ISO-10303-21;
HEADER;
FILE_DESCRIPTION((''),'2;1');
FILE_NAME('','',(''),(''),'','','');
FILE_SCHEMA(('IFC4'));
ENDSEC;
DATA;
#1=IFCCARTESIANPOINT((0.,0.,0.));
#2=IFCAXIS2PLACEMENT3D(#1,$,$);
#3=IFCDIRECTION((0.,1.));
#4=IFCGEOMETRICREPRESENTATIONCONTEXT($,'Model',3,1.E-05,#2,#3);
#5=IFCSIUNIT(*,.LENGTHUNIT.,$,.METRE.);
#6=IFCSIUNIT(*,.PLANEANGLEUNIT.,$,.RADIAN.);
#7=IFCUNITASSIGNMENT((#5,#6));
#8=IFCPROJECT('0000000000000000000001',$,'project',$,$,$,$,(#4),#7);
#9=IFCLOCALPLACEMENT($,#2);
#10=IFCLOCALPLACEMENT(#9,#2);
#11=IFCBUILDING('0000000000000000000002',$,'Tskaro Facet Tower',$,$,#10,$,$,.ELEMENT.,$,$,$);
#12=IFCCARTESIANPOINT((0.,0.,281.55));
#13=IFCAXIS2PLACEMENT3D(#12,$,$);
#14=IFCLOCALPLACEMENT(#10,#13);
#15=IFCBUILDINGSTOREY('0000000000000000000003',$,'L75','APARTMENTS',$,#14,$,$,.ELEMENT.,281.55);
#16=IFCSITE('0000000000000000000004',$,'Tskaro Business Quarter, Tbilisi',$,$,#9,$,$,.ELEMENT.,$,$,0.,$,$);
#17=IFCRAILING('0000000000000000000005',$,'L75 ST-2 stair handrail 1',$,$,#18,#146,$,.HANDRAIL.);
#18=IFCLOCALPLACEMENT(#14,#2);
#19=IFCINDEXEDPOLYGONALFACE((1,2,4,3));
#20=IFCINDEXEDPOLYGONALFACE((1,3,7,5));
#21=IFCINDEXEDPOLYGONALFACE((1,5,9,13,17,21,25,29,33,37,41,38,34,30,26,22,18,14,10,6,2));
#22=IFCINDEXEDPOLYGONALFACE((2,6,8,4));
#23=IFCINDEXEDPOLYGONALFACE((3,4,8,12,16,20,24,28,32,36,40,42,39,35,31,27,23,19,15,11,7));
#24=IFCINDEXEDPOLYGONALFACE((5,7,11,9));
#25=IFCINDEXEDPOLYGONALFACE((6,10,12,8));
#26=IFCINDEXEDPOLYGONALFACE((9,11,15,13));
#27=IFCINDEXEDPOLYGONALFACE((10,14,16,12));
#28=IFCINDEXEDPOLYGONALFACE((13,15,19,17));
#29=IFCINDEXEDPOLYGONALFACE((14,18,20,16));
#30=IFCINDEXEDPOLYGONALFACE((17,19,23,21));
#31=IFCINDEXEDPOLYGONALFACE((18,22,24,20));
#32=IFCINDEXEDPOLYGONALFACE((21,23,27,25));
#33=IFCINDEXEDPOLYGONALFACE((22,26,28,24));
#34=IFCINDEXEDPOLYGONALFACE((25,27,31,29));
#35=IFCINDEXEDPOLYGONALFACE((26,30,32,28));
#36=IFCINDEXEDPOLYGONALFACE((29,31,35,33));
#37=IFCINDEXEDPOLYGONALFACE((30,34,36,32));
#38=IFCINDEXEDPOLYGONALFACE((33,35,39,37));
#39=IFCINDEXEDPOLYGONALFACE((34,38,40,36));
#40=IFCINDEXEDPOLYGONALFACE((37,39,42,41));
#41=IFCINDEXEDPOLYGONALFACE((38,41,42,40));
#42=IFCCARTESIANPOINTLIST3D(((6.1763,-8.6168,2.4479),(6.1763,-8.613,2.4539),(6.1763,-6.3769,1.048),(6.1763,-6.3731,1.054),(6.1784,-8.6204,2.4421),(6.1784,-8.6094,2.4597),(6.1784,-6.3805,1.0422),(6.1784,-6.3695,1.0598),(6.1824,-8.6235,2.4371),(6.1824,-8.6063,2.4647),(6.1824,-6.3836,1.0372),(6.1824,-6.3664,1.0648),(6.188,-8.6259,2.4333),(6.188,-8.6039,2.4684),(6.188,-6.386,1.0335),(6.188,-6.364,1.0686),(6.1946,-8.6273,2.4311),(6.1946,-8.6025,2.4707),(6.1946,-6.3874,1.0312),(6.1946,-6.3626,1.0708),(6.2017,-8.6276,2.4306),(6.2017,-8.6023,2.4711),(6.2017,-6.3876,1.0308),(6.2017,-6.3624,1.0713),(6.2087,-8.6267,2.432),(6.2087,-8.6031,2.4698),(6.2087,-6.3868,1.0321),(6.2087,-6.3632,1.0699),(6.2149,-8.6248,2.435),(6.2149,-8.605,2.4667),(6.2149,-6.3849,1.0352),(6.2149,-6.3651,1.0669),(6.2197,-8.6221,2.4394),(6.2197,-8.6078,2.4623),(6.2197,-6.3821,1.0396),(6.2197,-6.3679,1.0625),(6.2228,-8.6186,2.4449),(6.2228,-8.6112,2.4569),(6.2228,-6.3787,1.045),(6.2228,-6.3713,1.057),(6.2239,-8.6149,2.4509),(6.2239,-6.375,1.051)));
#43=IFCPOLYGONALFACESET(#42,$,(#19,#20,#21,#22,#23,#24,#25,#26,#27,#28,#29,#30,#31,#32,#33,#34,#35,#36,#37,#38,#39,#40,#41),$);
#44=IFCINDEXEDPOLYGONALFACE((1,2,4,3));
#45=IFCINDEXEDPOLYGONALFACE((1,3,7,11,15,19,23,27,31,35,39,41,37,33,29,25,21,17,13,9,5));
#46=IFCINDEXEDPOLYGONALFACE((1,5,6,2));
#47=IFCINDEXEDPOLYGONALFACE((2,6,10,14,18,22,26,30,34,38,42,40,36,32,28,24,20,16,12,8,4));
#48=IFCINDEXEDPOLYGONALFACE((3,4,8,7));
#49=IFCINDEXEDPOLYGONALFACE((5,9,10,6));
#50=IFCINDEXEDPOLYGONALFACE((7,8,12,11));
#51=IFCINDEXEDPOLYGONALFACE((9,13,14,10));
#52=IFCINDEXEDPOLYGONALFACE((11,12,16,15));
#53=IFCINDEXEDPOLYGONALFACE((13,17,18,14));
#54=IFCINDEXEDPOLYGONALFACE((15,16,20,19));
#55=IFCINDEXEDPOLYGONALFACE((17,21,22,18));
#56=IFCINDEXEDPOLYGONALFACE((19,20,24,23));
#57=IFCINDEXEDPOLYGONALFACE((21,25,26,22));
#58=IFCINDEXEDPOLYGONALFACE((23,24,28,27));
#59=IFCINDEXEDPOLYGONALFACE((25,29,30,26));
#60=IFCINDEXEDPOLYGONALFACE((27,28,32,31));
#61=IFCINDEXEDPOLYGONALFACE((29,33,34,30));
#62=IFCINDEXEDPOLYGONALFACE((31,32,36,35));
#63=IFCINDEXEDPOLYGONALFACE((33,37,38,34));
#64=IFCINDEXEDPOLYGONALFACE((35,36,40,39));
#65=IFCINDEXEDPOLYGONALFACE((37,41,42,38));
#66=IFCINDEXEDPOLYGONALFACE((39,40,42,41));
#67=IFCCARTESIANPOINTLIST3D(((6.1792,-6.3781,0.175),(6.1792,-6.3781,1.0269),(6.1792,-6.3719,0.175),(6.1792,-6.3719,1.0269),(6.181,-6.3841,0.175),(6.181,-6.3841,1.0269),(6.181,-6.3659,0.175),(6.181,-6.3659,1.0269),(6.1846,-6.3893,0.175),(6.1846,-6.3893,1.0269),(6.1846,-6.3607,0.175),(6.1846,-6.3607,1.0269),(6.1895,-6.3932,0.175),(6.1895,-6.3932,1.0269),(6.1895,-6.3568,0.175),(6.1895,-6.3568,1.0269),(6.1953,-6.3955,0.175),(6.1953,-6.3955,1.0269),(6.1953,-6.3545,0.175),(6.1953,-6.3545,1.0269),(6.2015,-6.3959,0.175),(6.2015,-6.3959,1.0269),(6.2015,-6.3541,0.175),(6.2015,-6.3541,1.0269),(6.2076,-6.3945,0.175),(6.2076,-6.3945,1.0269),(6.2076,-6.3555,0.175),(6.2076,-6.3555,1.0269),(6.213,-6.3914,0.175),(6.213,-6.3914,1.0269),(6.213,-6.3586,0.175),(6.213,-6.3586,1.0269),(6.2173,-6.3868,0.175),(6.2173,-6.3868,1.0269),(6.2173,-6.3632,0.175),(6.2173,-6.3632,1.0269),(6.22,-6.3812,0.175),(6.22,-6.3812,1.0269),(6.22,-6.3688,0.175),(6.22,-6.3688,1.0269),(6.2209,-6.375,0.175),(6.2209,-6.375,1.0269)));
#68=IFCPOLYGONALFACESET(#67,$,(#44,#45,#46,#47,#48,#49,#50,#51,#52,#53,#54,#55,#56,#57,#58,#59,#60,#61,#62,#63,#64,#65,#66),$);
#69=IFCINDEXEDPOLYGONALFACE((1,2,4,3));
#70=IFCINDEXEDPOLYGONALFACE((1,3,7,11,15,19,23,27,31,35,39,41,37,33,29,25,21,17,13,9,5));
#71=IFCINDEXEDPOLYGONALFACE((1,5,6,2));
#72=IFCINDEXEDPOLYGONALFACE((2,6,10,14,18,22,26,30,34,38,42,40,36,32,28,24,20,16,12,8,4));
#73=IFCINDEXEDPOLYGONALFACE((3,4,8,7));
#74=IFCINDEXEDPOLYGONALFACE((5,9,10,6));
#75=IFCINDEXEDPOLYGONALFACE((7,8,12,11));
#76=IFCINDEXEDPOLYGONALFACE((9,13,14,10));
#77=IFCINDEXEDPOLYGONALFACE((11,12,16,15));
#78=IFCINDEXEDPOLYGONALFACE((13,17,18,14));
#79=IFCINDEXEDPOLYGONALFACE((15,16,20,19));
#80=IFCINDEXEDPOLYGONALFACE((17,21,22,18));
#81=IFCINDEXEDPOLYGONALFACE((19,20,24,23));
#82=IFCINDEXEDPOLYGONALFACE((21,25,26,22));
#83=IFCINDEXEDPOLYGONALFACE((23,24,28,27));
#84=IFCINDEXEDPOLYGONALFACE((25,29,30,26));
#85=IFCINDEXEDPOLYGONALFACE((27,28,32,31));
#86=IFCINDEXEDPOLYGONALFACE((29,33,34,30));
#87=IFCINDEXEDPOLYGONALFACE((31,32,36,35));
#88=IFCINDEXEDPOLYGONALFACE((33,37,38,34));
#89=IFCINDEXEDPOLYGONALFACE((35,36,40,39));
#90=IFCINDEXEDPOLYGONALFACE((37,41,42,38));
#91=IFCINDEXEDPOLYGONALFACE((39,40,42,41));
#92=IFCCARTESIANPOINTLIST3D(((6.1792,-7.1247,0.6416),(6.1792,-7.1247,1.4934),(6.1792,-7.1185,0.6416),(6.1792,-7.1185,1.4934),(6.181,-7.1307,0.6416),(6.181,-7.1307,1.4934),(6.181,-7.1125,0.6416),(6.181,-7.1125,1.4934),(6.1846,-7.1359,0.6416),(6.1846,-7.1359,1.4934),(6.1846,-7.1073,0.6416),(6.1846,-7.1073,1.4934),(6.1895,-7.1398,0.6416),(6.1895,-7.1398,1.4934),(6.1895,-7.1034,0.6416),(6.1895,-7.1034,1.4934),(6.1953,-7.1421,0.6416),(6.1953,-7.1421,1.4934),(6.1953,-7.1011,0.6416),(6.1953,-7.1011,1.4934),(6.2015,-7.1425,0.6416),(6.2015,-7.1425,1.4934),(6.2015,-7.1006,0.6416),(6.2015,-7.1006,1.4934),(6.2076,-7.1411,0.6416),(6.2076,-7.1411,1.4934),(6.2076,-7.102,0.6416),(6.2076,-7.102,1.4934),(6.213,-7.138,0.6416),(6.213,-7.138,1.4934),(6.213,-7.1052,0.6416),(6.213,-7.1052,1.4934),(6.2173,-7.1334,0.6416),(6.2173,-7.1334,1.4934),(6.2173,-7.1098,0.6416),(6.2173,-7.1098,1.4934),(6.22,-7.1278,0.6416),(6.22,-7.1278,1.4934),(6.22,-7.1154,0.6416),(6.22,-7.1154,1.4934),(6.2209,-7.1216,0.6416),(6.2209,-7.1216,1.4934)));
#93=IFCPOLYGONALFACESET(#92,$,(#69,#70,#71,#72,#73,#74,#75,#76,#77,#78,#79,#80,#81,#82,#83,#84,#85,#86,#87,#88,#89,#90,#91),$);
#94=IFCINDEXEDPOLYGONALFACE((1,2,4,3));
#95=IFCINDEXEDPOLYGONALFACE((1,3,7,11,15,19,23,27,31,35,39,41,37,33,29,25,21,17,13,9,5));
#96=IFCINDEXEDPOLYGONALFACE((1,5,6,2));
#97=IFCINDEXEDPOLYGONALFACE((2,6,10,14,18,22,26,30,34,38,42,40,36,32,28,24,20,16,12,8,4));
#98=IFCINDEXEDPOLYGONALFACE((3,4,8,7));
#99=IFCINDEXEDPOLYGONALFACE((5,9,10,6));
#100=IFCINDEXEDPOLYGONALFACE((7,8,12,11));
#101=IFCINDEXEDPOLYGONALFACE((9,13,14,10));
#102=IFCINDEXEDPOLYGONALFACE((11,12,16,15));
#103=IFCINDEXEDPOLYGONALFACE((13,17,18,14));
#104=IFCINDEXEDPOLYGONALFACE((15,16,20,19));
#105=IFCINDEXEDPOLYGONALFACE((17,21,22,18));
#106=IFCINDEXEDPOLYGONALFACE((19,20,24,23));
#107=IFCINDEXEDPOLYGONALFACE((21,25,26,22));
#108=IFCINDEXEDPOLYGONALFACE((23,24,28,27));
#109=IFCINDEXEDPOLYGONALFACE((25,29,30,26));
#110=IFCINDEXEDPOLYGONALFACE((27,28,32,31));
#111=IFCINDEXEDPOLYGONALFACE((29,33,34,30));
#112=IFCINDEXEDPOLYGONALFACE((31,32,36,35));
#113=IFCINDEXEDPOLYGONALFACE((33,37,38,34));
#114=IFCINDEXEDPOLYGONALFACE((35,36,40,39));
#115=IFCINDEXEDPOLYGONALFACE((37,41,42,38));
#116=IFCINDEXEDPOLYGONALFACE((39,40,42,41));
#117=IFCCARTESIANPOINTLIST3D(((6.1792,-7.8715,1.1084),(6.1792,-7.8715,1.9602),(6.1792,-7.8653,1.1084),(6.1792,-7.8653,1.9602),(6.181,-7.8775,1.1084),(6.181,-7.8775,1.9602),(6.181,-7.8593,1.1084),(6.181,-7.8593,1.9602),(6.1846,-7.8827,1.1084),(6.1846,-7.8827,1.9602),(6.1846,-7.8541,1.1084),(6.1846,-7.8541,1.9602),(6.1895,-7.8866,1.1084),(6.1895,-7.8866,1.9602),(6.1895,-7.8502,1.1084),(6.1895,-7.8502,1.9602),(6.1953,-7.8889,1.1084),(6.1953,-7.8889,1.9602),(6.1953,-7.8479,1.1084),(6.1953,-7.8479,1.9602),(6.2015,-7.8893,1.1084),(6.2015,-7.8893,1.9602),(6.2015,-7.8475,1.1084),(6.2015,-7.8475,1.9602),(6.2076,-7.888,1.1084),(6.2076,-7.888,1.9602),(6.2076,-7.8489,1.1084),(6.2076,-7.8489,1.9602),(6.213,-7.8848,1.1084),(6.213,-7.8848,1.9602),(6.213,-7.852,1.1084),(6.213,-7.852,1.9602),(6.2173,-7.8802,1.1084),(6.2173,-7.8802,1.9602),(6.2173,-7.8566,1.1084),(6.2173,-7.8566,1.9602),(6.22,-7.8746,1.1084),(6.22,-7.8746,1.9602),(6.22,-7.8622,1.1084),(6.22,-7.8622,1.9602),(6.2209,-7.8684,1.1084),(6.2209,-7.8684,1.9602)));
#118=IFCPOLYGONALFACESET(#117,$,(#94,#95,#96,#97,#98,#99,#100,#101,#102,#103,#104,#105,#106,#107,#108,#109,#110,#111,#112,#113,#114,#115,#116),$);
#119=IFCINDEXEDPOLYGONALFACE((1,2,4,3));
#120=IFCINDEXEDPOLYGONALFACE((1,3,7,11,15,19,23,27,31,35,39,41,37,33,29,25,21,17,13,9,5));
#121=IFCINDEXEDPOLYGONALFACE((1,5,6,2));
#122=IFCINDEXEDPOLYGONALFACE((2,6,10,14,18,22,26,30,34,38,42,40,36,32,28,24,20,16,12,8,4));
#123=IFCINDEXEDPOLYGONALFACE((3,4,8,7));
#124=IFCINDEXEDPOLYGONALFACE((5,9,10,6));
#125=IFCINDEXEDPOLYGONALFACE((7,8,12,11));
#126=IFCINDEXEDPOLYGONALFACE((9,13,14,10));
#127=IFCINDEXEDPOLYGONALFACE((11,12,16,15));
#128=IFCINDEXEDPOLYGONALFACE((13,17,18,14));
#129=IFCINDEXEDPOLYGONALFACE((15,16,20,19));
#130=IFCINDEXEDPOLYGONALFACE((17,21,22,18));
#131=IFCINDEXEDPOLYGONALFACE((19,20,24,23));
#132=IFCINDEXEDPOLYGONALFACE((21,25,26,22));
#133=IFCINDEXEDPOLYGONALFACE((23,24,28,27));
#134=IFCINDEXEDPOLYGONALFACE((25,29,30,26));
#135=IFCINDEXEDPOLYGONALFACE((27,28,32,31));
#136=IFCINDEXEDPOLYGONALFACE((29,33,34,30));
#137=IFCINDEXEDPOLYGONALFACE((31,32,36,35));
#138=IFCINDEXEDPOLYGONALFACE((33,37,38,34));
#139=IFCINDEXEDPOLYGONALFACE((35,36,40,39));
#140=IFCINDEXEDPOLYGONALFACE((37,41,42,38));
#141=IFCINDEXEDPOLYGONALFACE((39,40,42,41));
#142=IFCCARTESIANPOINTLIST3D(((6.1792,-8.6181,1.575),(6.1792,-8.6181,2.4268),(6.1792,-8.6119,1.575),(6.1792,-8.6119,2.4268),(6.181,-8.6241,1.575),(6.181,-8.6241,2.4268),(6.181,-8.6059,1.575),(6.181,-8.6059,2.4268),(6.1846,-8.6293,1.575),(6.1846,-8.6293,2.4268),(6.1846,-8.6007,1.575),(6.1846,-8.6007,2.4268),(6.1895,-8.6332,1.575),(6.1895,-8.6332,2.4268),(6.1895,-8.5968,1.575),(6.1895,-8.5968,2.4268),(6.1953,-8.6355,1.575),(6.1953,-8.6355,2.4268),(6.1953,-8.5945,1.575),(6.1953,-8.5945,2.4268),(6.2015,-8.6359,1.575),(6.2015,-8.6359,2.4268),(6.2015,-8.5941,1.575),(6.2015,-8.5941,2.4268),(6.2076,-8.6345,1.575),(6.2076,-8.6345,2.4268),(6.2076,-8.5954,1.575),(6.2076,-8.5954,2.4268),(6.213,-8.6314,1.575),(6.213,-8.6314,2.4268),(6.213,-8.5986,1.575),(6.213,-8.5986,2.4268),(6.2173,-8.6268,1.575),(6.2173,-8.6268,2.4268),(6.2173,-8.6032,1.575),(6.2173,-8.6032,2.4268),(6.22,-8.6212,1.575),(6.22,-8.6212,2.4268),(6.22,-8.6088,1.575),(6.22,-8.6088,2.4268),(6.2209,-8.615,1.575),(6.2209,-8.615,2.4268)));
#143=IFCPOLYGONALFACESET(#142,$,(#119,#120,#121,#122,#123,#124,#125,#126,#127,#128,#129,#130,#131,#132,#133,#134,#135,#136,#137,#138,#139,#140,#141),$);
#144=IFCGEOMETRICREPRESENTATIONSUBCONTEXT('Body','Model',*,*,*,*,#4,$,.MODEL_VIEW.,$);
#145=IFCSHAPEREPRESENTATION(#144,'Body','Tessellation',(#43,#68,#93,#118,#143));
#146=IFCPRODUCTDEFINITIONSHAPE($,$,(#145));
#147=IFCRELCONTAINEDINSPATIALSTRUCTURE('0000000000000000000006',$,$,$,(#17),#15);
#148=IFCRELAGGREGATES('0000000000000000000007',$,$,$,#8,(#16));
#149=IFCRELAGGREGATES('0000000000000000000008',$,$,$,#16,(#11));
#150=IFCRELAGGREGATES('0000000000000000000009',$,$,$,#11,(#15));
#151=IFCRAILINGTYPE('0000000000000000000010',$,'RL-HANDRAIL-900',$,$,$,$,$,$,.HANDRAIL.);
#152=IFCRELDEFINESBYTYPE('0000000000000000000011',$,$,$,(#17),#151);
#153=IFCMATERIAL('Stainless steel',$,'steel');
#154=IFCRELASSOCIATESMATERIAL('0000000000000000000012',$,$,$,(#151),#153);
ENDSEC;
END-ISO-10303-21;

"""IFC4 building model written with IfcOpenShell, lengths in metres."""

from ifc_helpers import new_model, si_unit, direction, frame, origin, origin_2d, place, context, subcontext, project, spatial, circle, extrude, material, type_object, element, save


model = new_model("IFC4")

# Units and contexts
model_context = context("Model", 3, precision=1e-05, world=origin(), true_north=direction((0.0, 1.0)))
body_context = subcontext(model_context, "Body", "Model", "MODEL_VIEW")
ifc_project = project(units=[si_unit("LENGTHUNIT", "METRE"), si_unit("PLANEANGLEUNIT", "RADIAN")], contexts=[model_context])

# Site, building, storey
site_placement = place(None, origin())
site = spatial("IfcSite", under=ifc_project, at=site_placement, Name="Tskaro Business Quarter, Tbilisi", CompositionType="ELEMENT", RefElevation=0.0)
building_placement = place(site_placement, origin())
building = spatial("IfcBuilding", under=site, at=building_placement, Name="Tskaro Facet Tower", CompositionType="ELEMENT")
storey_placement = place(building_placement, frame((0.0, 0.0, 281.55)))
storey = spatial("IfcBuildingStorey", under=building, at=storey_placement, Name="L75", Description="APARTMENTS", CompositionType="ELEMENT", Elevation=281.55)

# Railing
ifc_material_1 = material(Name="Stainless steel", Category="steel")
railing_type_1 = type_object("IfcRailingType", Name="RL-HANDRAIL-900", PredefinedType="HANDRAIL", material=ifc_material_1)
railing_1_placement = place(storey_placement, frame((6.2, -6.375, 0.175)))
element("IfcRailing", 1, at=railing_1_placement, inside=storey, type_object=railing_type_1, Name="L75 ST-2 stair handrail 1", PredefinedType="HANDRAIL", context=body_context, shape_type="SweptSolid", body=[
    extrude(circle(Radius=0.0239, at=origin_2d()), frame((0.0, 0.0, 0.876), z_axis=(0.0, -0.848014, 0.529974), x_axis=(1.0, 0.0, 0.0)), (0.0, 0.0, 1.0), 2.6414),
    extrude(circle(Radius=0.021, at=origin_2d()), origin(), (0.0, 0.0, 1.0), 0.8518),
    extrude(circle(Radius=0.021, at=origin_2d()), frame((0.0, -0.7466, 0.4666)), (0.0, 0.0, 1.0), 0.8518),
    extrude(circle(Radius=0.021, at=origin_2d()), frame((0.0, -1.4934, 0.9333)), (0.0, 0.0, 1.0), 0.8518),
    extrude(circle(Radius=0.021, at=origin_2d()), frame((0.0, -2.24, 1.3999)), (0.0, 0.0, 1.0), 0.8518),
])

save(model, "model.ifc")
